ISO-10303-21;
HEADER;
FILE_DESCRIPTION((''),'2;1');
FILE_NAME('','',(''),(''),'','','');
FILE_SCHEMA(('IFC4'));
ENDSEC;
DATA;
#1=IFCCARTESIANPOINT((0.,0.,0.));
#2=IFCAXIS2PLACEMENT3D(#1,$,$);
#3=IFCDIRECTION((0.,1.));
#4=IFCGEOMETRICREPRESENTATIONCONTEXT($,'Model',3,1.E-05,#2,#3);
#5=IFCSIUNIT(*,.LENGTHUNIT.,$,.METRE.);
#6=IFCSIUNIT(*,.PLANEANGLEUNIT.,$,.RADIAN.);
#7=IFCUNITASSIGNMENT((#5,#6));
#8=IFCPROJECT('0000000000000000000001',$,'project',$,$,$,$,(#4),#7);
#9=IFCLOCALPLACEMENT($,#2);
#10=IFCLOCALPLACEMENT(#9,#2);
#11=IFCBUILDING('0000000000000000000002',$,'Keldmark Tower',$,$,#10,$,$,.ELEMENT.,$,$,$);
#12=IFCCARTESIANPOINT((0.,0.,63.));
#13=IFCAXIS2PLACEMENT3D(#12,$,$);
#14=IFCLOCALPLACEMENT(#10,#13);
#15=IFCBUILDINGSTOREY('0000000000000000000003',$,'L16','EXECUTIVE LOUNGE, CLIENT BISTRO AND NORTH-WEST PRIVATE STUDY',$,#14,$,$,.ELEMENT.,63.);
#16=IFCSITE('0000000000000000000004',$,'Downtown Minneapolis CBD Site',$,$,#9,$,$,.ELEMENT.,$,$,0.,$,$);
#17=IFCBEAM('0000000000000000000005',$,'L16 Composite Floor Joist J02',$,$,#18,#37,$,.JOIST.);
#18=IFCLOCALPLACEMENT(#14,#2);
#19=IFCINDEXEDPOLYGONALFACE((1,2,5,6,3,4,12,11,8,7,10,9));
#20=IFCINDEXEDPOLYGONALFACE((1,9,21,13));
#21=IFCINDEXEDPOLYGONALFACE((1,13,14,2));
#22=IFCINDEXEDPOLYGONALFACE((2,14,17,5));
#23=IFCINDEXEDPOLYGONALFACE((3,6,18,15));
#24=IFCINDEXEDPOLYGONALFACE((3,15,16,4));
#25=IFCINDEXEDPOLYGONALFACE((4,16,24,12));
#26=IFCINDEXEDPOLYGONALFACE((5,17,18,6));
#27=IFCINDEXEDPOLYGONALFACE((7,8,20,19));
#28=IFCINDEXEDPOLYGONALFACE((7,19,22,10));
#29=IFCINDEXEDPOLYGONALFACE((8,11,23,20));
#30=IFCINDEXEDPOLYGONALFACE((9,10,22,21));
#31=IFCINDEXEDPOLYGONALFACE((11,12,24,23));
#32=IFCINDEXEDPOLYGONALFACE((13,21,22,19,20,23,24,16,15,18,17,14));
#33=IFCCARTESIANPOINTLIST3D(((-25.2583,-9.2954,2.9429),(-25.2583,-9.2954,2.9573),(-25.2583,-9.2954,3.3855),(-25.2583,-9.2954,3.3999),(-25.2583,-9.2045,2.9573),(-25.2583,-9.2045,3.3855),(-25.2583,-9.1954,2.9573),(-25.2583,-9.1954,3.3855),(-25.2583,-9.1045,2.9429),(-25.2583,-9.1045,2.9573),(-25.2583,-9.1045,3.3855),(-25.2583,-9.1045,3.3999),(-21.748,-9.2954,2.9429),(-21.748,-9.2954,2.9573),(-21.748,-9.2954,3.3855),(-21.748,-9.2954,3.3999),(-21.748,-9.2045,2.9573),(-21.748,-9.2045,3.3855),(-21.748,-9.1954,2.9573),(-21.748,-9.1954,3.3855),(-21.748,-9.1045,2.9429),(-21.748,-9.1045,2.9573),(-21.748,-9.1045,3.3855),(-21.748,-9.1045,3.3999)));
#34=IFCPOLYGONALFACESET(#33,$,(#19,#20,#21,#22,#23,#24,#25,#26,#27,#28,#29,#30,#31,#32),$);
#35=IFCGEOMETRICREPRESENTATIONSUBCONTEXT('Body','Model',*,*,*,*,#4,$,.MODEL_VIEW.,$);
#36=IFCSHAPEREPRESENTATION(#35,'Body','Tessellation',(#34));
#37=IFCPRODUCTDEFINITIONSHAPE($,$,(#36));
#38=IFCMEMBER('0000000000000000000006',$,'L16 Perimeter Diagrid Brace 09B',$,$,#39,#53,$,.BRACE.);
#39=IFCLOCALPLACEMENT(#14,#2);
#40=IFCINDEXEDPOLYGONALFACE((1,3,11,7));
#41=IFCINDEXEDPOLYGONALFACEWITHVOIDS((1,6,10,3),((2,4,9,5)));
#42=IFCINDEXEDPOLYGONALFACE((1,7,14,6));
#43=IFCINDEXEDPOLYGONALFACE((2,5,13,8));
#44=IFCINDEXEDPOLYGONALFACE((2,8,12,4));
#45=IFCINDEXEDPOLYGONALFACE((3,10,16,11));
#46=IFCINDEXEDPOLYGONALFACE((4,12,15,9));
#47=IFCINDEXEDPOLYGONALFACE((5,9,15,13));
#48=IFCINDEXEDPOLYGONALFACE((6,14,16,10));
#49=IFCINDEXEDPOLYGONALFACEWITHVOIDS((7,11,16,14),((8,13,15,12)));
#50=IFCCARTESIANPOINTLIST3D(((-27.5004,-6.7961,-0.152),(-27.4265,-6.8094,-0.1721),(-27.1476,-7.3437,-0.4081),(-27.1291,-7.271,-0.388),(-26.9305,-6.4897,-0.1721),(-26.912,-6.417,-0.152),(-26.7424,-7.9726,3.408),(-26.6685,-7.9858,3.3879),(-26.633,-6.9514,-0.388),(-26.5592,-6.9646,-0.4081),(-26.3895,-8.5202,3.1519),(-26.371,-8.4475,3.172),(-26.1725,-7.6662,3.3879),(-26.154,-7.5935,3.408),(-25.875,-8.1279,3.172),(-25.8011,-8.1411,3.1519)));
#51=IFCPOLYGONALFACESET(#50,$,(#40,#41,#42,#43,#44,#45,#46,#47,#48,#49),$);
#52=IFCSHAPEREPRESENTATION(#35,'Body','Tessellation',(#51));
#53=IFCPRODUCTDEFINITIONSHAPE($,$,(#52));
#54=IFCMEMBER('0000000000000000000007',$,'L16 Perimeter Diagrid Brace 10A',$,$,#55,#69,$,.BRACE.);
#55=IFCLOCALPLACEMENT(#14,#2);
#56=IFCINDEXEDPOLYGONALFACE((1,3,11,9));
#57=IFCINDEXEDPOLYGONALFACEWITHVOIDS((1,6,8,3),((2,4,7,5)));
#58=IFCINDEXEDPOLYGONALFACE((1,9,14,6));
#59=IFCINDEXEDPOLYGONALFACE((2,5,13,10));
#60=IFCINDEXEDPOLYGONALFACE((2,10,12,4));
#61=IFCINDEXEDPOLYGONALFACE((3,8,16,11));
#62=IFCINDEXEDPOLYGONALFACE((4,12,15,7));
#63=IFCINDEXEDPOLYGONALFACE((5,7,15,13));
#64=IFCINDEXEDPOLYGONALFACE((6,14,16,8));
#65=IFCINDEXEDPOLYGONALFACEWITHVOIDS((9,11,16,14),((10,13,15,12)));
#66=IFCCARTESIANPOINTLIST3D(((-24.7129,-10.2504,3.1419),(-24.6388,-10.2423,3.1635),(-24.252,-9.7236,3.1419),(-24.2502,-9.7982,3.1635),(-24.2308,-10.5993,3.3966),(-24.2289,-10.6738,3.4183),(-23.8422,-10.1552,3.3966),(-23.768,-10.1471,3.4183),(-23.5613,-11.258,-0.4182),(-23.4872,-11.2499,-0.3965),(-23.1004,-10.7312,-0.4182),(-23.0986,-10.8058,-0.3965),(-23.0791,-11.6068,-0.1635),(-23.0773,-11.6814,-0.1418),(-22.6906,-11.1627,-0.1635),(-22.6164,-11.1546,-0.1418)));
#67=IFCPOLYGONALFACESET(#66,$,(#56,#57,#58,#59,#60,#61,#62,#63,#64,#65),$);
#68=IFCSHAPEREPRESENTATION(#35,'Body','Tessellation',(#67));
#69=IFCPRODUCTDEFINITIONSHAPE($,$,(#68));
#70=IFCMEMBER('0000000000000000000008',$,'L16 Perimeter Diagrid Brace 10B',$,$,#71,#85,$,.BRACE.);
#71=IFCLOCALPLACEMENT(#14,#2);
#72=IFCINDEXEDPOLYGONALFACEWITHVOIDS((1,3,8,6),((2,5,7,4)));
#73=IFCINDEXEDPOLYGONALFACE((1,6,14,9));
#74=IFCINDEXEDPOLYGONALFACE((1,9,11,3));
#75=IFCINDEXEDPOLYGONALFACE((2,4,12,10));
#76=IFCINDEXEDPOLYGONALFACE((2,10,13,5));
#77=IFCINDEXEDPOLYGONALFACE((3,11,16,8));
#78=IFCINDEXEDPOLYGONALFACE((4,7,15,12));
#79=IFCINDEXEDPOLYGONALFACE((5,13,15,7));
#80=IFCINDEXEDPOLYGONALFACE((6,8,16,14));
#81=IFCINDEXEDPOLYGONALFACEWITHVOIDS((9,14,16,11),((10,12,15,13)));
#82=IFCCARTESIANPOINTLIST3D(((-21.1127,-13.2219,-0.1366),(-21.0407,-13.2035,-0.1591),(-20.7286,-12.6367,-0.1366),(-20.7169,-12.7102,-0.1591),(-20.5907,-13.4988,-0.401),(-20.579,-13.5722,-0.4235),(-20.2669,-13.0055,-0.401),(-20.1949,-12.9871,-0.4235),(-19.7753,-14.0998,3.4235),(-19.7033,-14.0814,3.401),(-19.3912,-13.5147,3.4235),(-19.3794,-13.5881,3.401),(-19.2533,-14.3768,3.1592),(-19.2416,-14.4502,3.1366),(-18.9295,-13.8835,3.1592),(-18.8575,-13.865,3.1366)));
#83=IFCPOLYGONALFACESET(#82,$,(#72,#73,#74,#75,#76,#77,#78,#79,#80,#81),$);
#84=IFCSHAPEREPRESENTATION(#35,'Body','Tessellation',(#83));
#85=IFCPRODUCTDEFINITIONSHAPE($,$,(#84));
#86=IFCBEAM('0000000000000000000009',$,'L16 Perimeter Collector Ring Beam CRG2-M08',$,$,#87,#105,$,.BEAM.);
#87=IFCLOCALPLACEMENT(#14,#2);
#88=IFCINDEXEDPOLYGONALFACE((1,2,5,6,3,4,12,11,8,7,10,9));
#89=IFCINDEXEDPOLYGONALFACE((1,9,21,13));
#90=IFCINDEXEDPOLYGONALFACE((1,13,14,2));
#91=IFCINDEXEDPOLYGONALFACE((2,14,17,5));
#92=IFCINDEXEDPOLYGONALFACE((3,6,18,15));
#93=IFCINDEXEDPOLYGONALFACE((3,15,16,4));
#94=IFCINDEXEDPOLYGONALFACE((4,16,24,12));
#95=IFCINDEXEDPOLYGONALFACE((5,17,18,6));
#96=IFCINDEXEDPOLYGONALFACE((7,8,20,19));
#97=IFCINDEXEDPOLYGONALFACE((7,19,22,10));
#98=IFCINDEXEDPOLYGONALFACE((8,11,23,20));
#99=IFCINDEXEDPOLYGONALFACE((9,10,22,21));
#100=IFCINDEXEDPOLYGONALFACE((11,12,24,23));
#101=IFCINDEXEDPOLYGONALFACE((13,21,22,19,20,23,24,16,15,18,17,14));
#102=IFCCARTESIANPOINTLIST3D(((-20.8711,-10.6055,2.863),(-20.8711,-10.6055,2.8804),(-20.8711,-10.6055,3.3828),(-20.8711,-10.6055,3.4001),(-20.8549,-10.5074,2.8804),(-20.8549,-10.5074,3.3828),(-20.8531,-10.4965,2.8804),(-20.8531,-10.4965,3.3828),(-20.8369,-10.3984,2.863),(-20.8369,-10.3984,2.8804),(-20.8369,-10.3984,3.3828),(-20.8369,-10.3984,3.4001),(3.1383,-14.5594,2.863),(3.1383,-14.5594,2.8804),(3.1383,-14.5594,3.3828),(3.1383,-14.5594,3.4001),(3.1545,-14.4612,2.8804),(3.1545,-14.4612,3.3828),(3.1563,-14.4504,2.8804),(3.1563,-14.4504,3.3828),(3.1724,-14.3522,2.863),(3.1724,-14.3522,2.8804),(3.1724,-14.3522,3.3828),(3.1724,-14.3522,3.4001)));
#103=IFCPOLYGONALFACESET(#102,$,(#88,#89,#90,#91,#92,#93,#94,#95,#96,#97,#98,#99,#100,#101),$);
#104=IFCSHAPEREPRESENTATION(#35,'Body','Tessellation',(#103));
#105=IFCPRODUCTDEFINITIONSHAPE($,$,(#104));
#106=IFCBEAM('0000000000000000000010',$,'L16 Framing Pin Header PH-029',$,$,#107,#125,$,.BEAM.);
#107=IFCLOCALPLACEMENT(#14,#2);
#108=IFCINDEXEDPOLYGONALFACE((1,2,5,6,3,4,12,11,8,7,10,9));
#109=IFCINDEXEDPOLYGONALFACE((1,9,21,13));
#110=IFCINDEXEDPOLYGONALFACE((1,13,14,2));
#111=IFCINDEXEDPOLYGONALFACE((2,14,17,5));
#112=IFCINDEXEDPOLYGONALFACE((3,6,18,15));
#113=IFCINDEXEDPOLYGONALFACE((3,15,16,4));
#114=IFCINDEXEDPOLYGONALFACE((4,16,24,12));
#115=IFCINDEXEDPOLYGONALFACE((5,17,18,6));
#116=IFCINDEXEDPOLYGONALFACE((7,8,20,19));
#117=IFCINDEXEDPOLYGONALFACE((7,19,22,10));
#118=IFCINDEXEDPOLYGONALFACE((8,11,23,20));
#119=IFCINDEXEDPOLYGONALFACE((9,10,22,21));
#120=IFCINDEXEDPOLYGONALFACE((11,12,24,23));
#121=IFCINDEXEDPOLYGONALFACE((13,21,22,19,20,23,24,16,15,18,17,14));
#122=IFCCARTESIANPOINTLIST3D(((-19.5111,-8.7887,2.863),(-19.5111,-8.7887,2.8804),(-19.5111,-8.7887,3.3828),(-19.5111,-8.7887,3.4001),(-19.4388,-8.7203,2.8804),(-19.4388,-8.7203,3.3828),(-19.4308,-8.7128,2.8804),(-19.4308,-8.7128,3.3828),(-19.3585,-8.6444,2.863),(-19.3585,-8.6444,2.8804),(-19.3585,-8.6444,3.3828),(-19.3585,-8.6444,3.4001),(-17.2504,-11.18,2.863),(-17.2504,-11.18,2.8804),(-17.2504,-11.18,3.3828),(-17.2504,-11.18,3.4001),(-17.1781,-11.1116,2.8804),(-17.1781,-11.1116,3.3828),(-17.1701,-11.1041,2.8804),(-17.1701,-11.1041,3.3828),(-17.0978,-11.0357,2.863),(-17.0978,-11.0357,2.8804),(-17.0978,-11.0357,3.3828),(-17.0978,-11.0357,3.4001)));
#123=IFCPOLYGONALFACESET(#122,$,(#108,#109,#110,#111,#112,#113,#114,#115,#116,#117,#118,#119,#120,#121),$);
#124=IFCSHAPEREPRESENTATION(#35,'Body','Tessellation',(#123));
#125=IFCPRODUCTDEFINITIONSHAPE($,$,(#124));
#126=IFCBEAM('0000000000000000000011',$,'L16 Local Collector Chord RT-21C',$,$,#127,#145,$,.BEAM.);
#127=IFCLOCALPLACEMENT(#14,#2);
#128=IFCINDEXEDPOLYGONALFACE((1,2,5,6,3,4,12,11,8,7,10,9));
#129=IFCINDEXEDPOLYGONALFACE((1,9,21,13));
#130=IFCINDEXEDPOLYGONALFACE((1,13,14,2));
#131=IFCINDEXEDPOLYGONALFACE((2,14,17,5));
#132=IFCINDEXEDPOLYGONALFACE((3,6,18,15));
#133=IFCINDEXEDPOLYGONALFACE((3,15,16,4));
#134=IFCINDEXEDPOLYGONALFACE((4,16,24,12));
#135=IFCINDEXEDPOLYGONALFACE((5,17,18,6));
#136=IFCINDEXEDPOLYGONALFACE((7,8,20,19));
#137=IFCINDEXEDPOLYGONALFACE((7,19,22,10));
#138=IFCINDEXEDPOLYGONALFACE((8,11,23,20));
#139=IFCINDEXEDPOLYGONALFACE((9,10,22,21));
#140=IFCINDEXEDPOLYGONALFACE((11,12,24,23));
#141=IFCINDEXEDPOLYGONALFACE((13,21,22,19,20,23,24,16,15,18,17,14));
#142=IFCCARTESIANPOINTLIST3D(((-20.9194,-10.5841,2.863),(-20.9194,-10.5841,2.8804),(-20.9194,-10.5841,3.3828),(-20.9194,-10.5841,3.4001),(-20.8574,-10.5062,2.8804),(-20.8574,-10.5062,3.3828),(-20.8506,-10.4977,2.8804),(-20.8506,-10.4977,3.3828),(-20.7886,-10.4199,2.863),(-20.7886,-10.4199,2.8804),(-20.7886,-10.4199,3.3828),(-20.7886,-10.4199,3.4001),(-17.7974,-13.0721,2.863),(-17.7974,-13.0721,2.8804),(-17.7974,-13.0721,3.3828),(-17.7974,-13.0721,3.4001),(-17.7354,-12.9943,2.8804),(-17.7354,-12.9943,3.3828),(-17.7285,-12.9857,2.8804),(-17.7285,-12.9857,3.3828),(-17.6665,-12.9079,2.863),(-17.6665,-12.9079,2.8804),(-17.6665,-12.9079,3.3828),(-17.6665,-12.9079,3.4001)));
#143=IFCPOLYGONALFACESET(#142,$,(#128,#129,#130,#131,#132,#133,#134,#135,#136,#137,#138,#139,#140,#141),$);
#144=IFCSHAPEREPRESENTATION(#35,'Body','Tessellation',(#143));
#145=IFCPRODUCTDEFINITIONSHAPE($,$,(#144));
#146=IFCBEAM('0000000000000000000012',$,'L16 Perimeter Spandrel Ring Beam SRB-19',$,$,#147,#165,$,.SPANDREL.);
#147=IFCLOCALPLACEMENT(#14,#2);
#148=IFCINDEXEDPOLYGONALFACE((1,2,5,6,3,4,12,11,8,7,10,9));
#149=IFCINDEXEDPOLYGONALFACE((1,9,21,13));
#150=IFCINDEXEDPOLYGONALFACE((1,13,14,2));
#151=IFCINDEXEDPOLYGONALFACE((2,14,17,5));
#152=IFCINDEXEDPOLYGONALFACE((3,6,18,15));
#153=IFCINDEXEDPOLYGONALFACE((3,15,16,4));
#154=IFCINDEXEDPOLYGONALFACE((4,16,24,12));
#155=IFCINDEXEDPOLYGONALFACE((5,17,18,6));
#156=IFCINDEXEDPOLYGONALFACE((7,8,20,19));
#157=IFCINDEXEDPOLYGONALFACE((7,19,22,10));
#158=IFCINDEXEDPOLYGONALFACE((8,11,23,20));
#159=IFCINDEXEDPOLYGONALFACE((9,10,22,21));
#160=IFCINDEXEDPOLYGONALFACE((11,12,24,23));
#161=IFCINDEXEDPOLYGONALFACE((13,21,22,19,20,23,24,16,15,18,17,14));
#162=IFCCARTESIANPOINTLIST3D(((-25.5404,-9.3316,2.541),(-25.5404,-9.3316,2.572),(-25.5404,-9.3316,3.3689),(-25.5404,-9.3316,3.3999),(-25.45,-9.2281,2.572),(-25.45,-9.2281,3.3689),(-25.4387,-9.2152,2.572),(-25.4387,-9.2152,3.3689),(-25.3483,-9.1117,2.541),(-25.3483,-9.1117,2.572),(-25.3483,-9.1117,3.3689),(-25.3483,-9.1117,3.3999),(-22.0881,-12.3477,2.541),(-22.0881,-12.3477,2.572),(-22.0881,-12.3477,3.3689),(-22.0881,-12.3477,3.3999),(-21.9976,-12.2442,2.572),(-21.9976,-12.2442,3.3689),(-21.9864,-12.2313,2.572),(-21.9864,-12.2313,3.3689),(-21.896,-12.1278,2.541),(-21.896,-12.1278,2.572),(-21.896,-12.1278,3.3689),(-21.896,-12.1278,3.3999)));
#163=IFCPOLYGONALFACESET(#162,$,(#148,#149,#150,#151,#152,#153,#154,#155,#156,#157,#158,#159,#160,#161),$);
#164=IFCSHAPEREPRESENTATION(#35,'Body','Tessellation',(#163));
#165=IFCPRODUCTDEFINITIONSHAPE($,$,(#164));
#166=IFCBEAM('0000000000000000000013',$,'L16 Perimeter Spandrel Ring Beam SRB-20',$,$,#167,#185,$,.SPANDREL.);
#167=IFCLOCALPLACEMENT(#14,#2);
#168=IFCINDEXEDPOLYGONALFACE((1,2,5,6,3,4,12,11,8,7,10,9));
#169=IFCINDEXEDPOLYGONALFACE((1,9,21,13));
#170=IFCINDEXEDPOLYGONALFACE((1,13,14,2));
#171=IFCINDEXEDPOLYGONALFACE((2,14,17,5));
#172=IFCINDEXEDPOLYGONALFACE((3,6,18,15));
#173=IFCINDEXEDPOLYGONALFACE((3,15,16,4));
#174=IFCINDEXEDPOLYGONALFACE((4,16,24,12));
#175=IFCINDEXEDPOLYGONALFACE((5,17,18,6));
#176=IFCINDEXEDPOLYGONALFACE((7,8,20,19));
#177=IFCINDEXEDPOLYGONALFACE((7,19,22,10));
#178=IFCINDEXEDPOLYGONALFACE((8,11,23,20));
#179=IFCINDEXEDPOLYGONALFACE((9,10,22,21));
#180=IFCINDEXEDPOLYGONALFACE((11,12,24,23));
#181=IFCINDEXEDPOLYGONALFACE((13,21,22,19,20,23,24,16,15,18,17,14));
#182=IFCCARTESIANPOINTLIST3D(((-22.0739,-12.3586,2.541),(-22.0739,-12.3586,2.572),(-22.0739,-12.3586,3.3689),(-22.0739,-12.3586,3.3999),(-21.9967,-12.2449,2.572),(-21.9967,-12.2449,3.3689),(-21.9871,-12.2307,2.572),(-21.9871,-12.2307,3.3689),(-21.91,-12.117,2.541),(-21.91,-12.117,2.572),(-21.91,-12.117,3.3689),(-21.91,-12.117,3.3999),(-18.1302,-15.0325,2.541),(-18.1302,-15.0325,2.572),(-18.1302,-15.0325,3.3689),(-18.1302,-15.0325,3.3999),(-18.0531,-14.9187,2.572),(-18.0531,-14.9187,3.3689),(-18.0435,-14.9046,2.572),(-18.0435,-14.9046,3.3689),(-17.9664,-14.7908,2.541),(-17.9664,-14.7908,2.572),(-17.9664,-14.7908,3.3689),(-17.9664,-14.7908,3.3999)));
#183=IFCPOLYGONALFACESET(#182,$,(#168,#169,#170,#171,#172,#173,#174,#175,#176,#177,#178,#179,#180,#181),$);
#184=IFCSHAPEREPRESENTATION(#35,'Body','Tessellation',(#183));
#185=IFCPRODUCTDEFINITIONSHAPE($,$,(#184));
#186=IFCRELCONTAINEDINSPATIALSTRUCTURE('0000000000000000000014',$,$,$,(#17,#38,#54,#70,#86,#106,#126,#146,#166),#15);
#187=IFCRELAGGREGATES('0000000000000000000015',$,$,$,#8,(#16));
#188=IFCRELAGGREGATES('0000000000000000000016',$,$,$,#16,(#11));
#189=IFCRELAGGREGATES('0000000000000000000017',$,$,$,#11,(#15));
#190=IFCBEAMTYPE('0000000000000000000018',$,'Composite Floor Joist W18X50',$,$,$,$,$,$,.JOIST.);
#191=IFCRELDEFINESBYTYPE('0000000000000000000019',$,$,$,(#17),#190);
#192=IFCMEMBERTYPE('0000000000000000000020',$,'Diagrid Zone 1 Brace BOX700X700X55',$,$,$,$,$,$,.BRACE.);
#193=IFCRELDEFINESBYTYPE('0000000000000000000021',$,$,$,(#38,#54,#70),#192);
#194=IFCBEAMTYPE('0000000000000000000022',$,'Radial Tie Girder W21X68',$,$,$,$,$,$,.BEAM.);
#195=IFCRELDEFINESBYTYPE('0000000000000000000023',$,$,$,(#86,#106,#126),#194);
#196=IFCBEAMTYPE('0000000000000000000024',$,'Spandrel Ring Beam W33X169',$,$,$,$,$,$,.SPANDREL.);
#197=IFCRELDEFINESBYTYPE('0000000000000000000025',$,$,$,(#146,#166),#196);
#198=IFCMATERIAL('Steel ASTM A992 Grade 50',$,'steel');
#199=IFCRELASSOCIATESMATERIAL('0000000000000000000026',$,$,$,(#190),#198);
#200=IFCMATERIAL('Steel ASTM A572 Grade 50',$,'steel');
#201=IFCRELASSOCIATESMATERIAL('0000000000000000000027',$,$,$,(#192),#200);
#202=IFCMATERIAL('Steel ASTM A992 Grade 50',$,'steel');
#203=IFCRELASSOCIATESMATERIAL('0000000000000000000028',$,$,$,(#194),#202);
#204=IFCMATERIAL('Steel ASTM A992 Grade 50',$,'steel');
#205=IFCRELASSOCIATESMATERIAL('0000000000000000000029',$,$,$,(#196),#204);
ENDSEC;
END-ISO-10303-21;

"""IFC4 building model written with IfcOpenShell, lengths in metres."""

from ifc_helpers import new_model, si_unit, direction, frame, origin, origin_2d, place, context, subcontext, project, spatial, hollow_rectangle, i_section, extrude, material, material_profile, profile_set, type_object, element, save


model = new_model("IFC4")

# Units and contexts
model_context = context("Model", 3, precision=1e-05, world=origin(), true_north=direction((0.0, 1.0)))
body_context = subcontext(model_context, "Body", "Model", "MODEL_VIEW")
ifc_project = project(units=[si_unit("LENGTHUNIT", "METRE"), si_unit("PLANEANGLEUNIT", "RADIAN")], contexts=[model_context])

# Site, building, storey
site_placement = place(None, origin())
site = spatial("IfcSite", under=ifc_project, at=site_placement, Name="Downtown Minneapolis CBD Site", CompositionType="ELEMENT", RefElevation=0.0)
building_placement = place(site_placement, origin())
building = spatial("IfcBuilding", under=site, at=building_placement, Name="Keldmark Tower", CompositionType="ELEMENT")
storey_placement = place(building_placement, frame((0.0, 0.0, 63.0)))
storey = spatial("IfcBuildingStorey", under=building, at=storey_placement, Name="L16", Description="EXECUTIVE LOUNGE, CLIENT BISTRO AND NORTH-WEST PRIVATE STUDY", CompositionType="ELEMENT", Elevation=63.0)

# Beam
ifc_material_1 = material(Name="Steel ASTM A992 Grade 50", Category="steel")
ifc_material_profile_1 = material_profile(ifc_material_1, i_section(OverallWidth=0.1909, OverallDepth=0.457, WebThickness=0.009, FlangeThickness=0.0144, at=origin_2d()), Name="W18X50")
ifc_profile_set_1 = profile_set([ifc_material_profile_1], Name="Steel ASTM A992 Grade 50")
beam_type_1 = type_object("IfcBeamType", Name="Composite Floor Joist W18X50", PredefinedType="JOIST", material=ifc_profile_set_1)
beam_1_placement = place(storey_placement, frame((-25.2583, -9.2, 3.1714), z_axis=(1.0, 0.0, 0.0), x_axis=(0.0, 1.0, 0.0)))
element("IfcBeam", 1, at=beam_1_placement, inside=storey, type_object=beam_type_1, Name="L16 Composite Floor Joist J02", PredefinedType="JOIST", context=body_context, shape_type="SweptSolid", body=[
    extrude(i_section(OverallWidth=0.1909, OverallDepth=0.457, WebThickness=0.009, FlangeThickness=0.0144, at=origin_2d()), origin(), (0.0, 0.0, 1.0), 3.5103),
])

# Members
ifc_material_2 = material(Name="Steel ASTM A572 Grade 50", Category="steel")
ifc_material_profile_2 = material_profile(ifc_material_2, hollow_rectangle(XDim=0.7, YDim=0.7, WallThickness=0.0549, at=origin_2d()), Name="BOX700X700X55")
ifc_profile_set_2 = profile_set([ifc_material_profile_2], Name="Steel ASTM A572 Grade 50")
member_type = type_object("IfcMemberType", Name="Diagrid Zone 1 Brace BOX700X700X55", PredefinedType="BRACE", material=ifc_profile_set_2)
member_1_placement = place(storey_placement, frame((-27.0298, -6.8804, -0.28), z_axis=(0.19817, -0.307562, 0.930663), x_axis=(0.840617, 0.54163, 0.0)))
element("IfcMember", 2, at=member_1_placement, inside=storey, type_object=member_type, Name="L16 Perimeter Diagrid Brace 09B", PredefinedType="BRACE", context=body_context, shape_type="SweptSolid", body=[
    extrude(hollow_rectangle(XDim=0.7, YDim=0.7, WallThickness=0.0549, at=origin_2d()), origin(), (0.0, 0.0, 1.0), 3.8252),
])
member_2_placement = place(storey_placement, frame((-23.0889, -11.2063, -0.28), z_axis=(-0.297192, 0.260019, 0.918731), x_axis=(-0.658471, -0.752606, 0.0)))
element("IfcMember", 3, at=member_2_placement, inside=storey, type_object=member_type, Name="L16 Perimeter Diagrid Brace 10A", PredefinedType="BRACE", context=body_context, shape_type="SweptSolid", body=[
    extrude(hollow_rectangle(XDim=0.7, YDim=0.7, WallThickness=0.0549, at=origin_2d()), origin(), (0.0, 0.0, 1.0), 3.875),
])
member_3_placement = place(storey_placement, frame((-20.6538, -13.1045, -0.28), z_axis=(0.34266, -0.224937, 0.912133), x_axis=(0.54877, 0.835974, 0.0)))
element("IfcMember", 4, at=member_3_placement, inside=storey, type_object=member_type, Name="L16 Perimeter Diagrid Brace 10B", PredefinedType="BRACE", context=body_context, shape_type="SweptSolid", body=[
    extrude(hollow_rectangle(XDim=0.7, YDim=0.7, WallThickness=0.0549, at=origin_2d()), origin(), (0.0, 0.0, 1.0), 3.9031),
])

# Beams
ifc_material_3 = material(Name="Steel ASTM A992 Grade 50", Category="steel")
ifc_material_profile_3 = material_profile(ifc_material_3, i_section(OverallWidth=0.21, OverallDepth=0.5371, WebThickness=0.011, FlangeThickness=0.0173, at=origin_2d()), Name="W21X68")
ifc_profile_set_3 = profile_set([ifc_material_profile_3], Name="Steel ASTM A992 Grade 50")
beam_type_2 = type_object("IfcBeamType", Name="Radial Tie Girder W21X68", PredefinedType="BEAM", material=ifc_profile_set_3)
beam_2_placement = place(storey_placement, frame((-20.854, -10.502, 3.1316), z_axis=(0.98671, -0.162492, 0.0), x_axis=(0.162492, 0.98671, 0.0)))
element("IfcBeam", 5, at=beam_2_placement, inside=storey, type_object=beam_type_2, Name="L16 Perimeter Collector Ring Beam CRG2-M08", PredefinedType="BEAM", context=body_context, shape_type="SweptSolid", body=[
    extrude(i_section(OverallWidth=0.21, OverallDepth=0.5371, WebThickness=0.011, FlangeThickness=0.0173, at=origin_2d()), origin(), (0.0, 0.0, 1.0), 24.3328),
])
beam_3_placement = place(storey_placement, frame((-19.4348, -8.7166, 3.1316), z_axis=(0.686983, -0.726674, 0.0), x_axis=(0.726674, 0.686983, 0.0)))
element("IfcBeam", 6, at=beam_3_placement, inside=storey, type_object=beam_type_2, Name="L16 Framing Pin Header PH-029", PredefinedType="BEAM", context=body_context, shape_type="SweptSolid", body=[
    extrude(i_section(OverallWidth=0.21, OverallDepth=0.5371, WebThickness=0.011, FlangeThickness=0.0173, at=origin_2d()), origin(), (0.0, 0.0, 1.0), 3.2908),
])
beam_4_placement = place(storey_placement, frame((-20.854, -10.502, 3.1316), z_axis=(0.782043, -0.623225, 0.0), x_axis=(0.623225, 0.782043, 0.0)))
element("IfcBeam", 7, at=beam_4_placement, inside=storey, type_object=beam_type_2, Name="L16 Local Collector Chord RT-21C", PredefinedType="BEAM", context=body_context, shape_type="SweptSolid", body=[
    extrude(i_section(OverallWidth=0.21, OverallDepth=0.5371, WebThickness=0.011, FlangeThickness=0.0173, at=origin_2d()), origin(), (0.0, 0.0, 1.0), 3.9922),
])
ifc_material_4 = material(Name="Steel ASTM A992 Grade 50", Category="steel")
ifc_material_profile_4 = material_profile(ifc_material_4, i_section(OverallWidth=0.292, OverallDepth=0.8589, WebThickness=0.0171, FlangeThickness=0.031, at=origin_2d()), Name="W33X169")
ifc_profile_set_4 = profile_set([ifc_material_profile_4], Name="Steel ASTM A992 Grade 50")
beam_type_3 = type_object("IfcBeamType", Name="Spandrel Ring Beam W33X169", PredefinedType="SPANDREL", material=ifc_profile_set_4)
beam_5_placement = place(storey_placement, frame((-25.4443, -9.2217, 2.9705), z_axis=(0.753088, -0.65792, 0.0), x_axis=(0.65792, 0.753088, 0.0)))
element("IfcBeam", 8, at=beam_5_placement, inside=storey, type_object=beam_type_3, Name="L16 Perimeter Spandrel Ring Beam SRB-19", PredefinedType="SPANDREL", context=body_context, shape_type="SweptSolid", body=[
    extrude(i_section(OverallWidth=0.292, OverallDepth=0.8589, WebThickness=0.0171, FlangeThickness=0.031, at=origin_2d()), origin(), (0.0, 0.0, 1.0), 4.5842),
])
beam_6_placement = place(storey_placement, frame((-21.9919, -12.2378, 2.9705), z_axis=(0.827689, -0.561187, 0.0), x_axis=(0.561187, 0.827689, 0.0)))
element("IfcBeam", 9, at=beam_6_placement, inside=storey, type_object=beam_type_3, Name="L16 Perimeter Spandrel Ring Beam SRB-20", PredefinedType="SPANDREL", context=body_context, shape_type="SweptSolid", body=[
    extrude(i_section(OverallWidth=0.292, OverallDepth=0.8589, WebThickness=0.0171, FlangeThickness=0.031, at=origin_2d()), origin(), (0.0, 0.0, 1.0), 4.7646),
])

save(model, "model.ifc")
